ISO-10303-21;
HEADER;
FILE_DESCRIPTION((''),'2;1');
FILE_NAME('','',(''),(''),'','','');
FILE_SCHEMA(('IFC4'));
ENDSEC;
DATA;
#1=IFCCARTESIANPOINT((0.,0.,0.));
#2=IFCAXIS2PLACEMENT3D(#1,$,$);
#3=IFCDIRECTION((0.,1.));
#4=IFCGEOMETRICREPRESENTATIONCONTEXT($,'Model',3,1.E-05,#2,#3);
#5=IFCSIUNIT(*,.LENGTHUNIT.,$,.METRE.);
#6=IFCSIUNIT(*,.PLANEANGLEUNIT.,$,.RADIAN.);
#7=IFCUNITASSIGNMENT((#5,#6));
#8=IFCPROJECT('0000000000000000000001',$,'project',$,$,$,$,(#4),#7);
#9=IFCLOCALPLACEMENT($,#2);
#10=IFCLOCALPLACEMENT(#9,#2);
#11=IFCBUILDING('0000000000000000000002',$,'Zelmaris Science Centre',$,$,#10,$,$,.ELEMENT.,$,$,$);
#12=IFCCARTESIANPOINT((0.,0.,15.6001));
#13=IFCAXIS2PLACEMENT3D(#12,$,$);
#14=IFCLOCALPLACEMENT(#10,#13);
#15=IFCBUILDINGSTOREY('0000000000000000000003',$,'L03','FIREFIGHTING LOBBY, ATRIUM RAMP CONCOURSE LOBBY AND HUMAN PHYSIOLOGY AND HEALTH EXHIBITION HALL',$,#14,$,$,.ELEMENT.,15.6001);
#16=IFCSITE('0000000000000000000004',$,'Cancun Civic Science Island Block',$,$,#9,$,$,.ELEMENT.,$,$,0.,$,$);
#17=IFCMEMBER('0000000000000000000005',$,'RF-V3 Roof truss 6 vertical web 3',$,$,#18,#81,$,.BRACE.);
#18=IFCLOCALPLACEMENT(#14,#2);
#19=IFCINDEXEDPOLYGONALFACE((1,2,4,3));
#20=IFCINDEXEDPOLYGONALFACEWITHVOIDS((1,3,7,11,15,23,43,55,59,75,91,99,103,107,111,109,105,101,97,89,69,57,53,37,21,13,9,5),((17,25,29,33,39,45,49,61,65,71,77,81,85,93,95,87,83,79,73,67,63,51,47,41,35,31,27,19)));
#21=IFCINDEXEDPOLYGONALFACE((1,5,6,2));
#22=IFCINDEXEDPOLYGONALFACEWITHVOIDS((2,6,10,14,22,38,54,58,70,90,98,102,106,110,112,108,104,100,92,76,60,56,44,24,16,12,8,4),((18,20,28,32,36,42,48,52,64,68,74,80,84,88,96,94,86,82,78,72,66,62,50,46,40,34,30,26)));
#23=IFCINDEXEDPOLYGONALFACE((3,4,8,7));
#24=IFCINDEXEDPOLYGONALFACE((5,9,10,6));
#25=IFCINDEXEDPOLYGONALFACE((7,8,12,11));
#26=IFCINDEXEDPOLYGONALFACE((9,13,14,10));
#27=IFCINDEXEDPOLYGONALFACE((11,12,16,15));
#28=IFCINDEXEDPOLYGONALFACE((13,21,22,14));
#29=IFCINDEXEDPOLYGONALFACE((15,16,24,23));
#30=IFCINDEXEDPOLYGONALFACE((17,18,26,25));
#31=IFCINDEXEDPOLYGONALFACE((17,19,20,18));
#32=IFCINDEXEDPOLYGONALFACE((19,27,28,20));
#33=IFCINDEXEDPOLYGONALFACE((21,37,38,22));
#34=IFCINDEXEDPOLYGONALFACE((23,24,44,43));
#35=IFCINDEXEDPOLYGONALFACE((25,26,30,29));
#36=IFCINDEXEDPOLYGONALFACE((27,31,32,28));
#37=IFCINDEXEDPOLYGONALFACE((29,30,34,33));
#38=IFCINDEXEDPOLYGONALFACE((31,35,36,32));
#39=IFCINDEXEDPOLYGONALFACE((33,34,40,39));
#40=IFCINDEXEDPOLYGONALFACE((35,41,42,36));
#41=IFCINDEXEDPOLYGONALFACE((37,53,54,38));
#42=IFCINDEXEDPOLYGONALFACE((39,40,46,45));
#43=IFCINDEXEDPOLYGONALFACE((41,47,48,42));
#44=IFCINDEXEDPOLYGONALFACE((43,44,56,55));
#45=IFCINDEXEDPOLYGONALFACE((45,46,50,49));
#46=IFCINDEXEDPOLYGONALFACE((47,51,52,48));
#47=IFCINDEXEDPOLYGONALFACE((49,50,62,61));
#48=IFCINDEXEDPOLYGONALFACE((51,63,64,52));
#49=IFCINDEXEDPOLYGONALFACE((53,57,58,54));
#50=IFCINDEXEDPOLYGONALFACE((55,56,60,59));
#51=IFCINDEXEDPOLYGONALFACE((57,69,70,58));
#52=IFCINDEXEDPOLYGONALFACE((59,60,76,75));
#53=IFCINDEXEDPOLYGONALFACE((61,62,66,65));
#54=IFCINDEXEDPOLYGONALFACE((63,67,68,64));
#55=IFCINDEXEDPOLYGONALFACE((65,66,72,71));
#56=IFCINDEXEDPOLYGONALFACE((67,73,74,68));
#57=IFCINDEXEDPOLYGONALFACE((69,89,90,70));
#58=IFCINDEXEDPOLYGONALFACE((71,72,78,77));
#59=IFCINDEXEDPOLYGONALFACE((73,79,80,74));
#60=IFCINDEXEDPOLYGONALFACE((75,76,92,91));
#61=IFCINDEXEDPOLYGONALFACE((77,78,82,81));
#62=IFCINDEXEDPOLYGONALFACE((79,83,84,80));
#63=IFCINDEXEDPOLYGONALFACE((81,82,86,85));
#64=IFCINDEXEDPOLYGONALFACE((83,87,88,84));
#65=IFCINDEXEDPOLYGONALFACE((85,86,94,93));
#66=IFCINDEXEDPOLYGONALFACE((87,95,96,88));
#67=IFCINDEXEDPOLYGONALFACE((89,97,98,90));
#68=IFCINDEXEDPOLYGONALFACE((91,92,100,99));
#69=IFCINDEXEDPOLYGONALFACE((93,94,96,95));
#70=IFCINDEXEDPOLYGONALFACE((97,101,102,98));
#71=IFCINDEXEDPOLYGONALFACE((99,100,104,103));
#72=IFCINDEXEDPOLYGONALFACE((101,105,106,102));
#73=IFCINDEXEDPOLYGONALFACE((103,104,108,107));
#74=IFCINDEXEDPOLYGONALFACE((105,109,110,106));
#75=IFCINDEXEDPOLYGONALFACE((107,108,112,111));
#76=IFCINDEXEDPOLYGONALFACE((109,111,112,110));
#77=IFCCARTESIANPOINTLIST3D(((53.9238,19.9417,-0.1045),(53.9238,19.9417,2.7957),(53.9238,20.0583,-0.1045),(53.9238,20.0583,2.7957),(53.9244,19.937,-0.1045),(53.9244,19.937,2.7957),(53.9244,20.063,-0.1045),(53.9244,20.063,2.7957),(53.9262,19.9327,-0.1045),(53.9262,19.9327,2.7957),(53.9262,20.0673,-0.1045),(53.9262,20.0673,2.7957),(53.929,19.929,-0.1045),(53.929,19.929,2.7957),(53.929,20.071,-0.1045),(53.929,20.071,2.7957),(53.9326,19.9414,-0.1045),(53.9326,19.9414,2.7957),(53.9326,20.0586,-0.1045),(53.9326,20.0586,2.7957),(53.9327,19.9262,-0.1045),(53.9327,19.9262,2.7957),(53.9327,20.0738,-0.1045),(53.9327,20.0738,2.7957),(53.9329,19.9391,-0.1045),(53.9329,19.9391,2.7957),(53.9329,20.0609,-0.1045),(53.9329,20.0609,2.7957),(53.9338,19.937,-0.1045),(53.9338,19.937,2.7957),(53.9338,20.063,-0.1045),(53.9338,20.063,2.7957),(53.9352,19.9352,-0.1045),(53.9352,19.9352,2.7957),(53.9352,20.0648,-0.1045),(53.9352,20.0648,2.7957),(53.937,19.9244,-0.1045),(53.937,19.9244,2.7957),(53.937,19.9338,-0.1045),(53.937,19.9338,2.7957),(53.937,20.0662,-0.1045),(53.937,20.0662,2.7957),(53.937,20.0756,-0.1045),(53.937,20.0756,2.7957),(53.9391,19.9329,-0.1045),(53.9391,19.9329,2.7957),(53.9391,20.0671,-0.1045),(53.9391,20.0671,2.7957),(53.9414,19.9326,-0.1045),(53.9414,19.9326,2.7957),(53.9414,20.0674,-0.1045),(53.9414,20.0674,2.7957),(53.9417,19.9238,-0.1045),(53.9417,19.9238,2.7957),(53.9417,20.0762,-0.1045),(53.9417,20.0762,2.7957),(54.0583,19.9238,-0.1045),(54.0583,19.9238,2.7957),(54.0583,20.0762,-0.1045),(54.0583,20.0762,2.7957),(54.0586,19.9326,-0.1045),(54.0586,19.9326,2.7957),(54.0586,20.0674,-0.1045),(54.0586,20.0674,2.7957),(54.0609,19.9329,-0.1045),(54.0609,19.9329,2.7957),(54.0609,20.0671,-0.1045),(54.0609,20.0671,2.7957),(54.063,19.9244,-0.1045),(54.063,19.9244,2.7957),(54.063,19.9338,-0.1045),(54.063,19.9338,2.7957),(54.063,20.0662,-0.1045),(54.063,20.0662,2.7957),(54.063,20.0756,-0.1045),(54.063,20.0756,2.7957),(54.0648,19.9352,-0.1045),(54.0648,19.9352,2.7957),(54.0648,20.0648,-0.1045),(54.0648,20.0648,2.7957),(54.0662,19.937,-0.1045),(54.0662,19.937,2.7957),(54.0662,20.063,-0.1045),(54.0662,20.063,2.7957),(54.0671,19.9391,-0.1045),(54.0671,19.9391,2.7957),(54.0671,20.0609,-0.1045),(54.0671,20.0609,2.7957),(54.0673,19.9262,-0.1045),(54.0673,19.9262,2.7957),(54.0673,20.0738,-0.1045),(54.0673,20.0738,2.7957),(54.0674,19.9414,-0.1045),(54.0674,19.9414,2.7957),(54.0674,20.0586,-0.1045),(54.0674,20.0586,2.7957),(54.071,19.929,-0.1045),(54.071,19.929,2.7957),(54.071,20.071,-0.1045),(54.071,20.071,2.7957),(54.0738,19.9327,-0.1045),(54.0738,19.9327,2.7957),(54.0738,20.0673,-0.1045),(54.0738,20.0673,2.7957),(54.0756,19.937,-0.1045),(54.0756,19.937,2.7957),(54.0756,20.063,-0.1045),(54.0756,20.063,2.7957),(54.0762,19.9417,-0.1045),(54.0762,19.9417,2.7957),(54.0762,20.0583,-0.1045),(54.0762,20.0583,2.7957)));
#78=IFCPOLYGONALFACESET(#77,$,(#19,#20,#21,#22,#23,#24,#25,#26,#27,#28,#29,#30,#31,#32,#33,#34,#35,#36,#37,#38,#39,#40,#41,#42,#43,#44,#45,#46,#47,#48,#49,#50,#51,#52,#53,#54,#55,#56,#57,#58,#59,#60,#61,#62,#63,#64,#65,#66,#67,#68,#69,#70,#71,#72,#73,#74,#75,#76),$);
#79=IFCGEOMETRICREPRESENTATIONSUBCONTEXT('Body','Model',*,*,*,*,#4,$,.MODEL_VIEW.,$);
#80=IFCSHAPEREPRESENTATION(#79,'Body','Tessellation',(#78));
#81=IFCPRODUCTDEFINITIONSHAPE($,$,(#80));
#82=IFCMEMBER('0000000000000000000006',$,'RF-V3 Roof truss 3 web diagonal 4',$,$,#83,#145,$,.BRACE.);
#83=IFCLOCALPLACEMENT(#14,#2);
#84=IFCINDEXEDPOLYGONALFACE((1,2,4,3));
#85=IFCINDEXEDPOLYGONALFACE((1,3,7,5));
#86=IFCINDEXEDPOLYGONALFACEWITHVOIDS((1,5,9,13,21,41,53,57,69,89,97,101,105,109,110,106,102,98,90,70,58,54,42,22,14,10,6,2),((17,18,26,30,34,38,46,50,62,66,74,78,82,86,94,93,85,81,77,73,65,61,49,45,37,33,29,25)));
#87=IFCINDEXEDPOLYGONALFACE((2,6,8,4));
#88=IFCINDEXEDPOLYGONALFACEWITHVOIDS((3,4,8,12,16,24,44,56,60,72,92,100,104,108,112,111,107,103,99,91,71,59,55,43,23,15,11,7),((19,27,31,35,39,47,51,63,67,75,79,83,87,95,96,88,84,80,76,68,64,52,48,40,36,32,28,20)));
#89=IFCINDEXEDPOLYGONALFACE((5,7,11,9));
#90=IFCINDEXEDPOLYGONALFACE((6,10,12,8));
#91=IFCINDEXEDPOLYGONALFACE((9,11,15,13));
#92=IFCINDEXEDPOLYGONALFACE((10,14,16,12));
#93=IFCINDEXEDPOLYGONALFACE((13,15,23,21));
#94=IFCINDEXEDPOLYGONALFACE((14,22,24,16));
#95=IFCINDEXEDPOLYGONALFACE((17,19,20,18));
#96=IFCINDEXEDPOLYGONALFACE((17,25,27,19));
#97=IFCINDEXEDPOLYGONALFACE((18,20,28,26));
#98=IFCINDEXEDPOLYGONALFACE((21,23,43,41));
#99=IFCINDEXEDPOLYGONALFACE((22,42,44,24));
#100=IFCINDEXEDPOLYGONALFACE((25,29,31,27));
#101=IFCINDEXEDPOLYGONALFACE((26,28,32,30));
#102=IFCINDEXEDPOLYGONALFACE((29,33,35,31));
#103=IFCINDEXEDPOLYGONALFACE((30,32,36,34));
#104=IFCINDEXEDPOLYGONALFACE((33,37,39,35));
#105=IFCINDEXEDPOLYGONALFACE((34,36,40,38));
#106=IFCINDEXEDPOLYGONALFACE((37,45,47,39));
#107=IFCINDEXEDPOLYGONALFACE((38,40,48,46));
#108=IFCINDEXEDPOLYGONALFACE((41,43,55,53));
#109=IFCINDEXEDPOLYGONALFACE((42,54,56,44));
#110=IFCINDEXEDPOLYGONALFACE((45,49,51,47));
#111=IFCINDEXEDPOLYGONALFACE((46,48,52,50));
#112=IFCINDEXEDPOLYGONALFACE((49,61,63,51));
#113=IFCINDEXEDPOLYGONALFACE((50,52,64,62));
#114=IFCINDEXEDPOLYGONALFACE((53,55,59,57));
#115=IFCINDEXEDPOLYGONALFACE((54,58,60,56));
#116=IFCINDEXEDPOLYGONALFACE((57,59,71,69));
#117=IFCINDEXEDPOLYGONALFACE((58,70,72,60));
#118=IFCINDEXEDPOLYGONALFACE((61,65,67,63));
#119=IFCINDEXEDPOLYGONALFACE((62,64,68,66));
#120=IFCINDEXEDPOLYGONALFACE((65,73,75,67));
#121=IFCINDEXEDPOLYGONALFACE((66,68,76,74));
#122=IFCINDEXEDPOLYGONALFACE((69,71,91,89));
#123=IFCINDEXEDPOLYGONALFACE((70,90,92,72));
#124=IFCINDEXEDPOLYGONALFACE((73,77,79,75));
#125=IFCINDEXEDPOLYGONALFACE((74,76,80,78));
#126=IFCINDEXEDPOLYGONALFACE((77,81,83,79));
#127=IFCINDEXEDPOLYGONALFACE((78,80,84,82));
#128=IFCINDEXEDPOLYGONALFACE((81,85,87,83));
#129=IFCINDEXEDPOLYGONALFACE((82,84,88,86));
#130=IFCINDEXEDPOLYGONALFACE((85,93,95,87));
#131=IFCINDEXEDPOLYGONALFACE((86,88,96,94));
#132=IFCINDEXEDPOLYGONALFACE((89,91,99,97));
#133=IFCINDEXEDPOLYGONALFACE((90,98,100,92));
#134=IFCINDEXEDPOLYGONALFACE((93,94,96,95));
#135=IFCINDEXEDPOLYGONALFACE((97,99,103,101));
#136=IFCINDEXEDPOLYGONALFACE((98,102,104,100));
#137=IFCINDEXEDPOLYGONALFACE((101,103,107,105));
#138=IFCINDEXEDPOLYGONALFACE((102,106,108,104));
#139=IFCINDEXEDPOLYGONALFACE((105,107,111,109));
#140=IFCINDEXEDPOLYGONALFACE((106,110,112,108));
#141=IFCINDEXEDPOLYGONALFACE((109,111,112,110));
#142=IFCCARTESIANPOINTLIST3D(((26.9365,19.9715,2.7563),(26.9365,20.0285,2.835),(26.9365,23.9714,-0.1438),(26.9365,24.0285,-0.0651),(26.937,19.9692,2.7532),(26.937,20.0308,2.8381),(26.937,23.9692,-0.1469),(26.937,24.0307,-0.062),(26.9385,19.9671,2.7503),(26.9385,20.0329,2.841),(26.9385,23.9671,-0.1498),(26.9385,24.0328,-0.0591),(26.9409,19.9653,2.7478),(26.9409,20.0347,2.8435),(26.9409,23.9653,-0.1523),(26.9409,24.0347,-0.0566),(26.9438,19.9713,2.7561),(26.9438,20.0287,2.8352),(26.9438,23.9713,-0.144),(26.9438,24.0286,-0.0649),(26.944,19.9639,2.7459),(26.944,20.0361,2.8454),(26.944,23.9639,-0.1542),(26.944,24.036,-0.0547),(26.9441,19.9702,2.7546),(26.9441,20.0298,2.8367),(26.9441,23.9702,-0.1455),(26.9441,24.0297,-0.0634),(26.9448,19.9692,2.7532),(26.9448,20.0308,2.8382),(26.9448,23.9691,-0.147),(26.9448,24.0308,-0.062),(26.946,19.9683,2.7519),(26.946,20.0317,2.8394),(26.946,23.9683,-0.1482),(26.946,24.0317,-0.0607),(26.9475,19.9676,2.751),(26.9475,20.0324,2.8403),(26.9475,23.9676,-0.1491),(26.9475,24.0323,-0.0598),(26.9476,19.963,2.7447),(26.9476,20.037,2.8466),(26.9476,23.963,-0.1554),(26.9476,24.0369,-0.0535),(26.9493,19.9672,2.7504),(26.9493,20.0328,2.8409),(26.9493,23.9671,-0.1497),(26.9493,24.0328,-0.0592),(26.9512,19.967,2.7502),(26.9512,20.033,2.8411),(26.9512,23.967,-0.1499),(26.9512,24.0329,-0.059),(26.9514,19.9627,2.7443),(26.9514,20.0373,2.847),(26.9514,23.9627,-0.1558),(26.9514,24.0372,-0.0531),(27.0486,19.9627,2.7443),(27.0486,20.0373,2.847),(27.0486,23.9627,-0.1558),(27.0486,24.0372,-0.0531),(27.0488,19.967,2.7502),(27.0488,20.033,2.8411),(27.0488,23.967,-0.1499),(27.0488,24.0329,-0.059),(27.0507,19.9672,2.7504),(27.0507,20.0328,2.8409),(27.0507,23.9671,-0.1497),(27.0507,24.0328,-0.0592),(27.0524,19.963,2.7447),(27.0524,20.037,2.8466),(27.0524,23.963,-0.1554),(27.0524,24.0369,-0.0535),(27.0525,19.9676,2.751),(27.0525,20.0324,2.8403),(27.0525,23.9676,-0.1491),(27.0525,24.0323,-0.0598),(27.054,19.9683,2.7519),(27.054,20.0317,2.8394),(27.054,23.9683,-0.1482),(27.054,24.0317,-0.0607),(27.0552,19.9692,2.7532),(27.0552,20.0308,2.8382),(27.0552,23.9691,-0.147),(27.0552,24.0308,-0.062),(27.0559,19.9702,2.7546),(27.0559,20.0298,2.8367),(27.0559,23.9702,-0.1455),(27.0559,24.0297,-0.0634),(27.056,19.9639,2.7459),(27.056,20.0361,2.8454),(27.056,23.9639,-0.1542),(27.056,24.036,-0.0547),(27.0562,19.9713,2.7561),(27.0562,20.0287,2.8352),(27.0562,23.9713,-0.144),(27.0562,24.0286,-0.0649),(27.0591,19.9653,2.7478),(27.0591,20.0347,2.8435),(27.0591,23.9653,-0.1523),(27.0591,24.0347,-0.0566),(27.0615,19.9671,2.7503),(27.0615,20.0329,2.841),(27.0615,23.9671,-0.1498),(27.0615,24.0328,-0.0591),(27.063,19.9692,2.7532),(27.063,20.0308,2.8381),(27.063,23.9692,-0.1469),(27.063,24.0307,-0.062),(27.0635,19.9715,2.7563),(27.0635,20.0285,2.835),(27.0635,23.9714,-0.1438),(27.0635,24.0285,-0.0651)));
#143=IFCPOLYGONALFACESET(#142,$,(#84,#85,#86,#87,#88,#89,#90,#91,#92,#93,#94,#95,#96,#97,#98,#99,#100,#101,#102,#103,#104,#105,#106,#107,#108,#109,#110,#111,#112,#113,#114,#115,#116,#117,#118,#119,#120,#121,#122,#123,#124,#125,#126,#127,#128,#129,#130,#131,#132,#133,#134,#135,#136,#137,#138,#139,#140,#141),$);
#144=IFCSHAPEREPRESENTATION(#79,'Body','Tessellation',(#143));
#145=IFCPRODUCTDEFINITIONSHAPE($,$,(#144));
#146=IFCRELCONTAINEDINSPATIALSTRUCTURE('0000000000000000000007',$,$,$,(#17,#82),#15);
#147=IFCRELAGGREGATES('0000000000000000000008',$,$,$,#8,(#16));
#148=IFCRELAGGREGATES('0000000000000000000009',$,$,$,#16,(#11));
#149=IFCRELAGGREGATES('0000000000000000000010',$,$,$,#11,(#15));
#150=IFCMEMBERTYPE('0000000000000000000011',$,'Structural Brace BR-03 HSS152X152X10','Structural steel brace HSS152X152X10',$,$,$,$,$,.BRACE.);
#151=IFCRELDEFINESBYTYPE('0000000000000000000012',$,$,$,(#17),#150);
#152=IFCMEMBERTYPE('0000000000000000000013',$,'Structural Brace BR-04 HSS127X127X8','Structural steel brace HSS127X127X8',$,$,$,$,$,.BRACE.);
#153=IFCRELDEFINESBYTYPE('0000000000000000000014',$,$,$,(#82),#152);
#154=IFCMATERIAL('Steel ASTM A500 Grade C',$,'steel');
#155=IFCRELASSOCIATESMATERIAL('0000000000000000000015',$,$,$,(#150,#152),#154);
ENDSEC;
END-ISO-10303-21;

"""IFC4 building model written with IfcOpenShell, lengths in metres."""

from ifc_helpers import new_model, si_unit, direction, frame, origin, origin_2d, place, context, subcontext, project, spatial, hollow_rectangle, extrude, material, material_profile, profile_set, type_object, element, save


model = new_model("IFC4")

# Units and contexts
model_context = context("Model", 3, precision=1e-05, world=origin(), true_north=direction((0.0, 1.0)))
body_context = subcontext(model_context, "Body", "Model", "MODEL_VIEW")
ifc_project = project(units=[si_unit("LENGTHUNIT", "METRE"), si_unit("PLANEANGLEUNIT", "RADIAN")], contexts=[model_context])

# Site, building, storey
site_placement = place(None, origin())
site = spatial("IfcSite", under=ifc_project, at=site_placement, Name="Cancun Civic Science Island Block", CompositionType="ELEMENT", RefElevation=0.0)
building_placement = place(site_placement, origin())
building = spatial("IfcBuilding", under=site, at=building_placement, Name="Zelmaris Science Centre", CompositionType="ELEMENT")
storey_placement = place(building_placement, frame((0.0, 0.0, 15.6001)))
storey = spatial("IfcBuildingStorey", under=building, at=storey_placement, Name="L03", Description="FIREFIGHTING LOBBY, ATRIUM RAMP CONCOURSE LOBBY AND HUMAN PHYSIOLOGY AND HEALTH EXHIBITION HALL", CompositionType="ELEMENT", Elevation=15.6001)

# Shared definitions
ifc_material = material(Name="Steel ASTM A500 Grade C", Category="steel")

# Members
ifc_material_profile_1 = material_profile(ifc_material, hollow_rectangle(XDim=0.1523, YDim=0.1523, WallThickness=0.0088, InnerFilletRadius=0.0088, OuterFilletRadius=0.0178, at=origin_2d()), Name="HSS152X152X10")
ifc_profile_set_1 = profile_set([ifc_material_profile_1], Name="Steel ASTM A500 Grade C")
member_type_1 = type_object("IfcMemberType", Name="Structural Brace BR-03 HSS152X152X10", Description="Structural steel brace HSS152X152X10", PredefinedType="BRACE", material=ifc_profile_set_1)
member_1_placement = place(storey_placement, frame((54.0, 20.0, -0.1045), z_axis=(0.0, 0.0, 1.0), x_axis=(1.0, 0.0, 0.0)))
element("IfcMember", 1, at=member_1_placement, inside=storey, type_object=member_type_1, Name="RF-V3 Roof truss 6 vertical web 3", PredefinedType="BRACE", context=body_context, shape_type="SweptSolid", body=[
    extrude(hollow_rectangle(XDim=0.1523, YDim=0.1523, WallThickness=0.0088, InnerFilletRadius=0.0088, OuterFilletRadius=0.0178, at=origin_2d()), origin(), (0.0, 0.0, 1.0), 2.9001),
])
ifc_material_profile_2 = material_profile(ifc_material, hollow_rectangle(XDim=0.127, YDim=0.127, WallThickness=0.0073, InnerFilletRadius=0.0073, OuterFilletRadius=0.0149, at=origin_2d()), Name="HSS127X127X8")
ifc_profile_set_2 = profile_set([ifc_material_profile_2], Name="Steel ASTM A500 Grade C")
member_type_2 = type_object("IfcMemberType", Name="Structural Brace BR-04 HSS127X127X8", Description="Structural steel brace HSS127X127X8", PredefinedType="BRACE", material=ifc_profile_set_2)
member_2_placement = place(storey_placement, frame((27.0, 20.0, 2.7957), z_axis=(0.0, 0.809596, -0.586987), x_axis=(-1.0, 0.0, 0.0)))
element("IfcMember", 2, at=member_2_placement, inside=storey, type_object=member_type_2, Name="RF-V3 Roof truss 3 web diagonal 4", PredefinedType="BRACE", context=body_context, shape_type="SweptSolid", body=[
    extrude(hollow_rectangle(XDim=0.127, YDim=0.127, WallThickness=0.0073, InnerFilletRadius=0.0073, OuterFilletRadius=0.0149, at=origin_2d()), origin(), (0.0, 0.0, 1.0), 4.9407),
])

save(model, "model.ifc")
